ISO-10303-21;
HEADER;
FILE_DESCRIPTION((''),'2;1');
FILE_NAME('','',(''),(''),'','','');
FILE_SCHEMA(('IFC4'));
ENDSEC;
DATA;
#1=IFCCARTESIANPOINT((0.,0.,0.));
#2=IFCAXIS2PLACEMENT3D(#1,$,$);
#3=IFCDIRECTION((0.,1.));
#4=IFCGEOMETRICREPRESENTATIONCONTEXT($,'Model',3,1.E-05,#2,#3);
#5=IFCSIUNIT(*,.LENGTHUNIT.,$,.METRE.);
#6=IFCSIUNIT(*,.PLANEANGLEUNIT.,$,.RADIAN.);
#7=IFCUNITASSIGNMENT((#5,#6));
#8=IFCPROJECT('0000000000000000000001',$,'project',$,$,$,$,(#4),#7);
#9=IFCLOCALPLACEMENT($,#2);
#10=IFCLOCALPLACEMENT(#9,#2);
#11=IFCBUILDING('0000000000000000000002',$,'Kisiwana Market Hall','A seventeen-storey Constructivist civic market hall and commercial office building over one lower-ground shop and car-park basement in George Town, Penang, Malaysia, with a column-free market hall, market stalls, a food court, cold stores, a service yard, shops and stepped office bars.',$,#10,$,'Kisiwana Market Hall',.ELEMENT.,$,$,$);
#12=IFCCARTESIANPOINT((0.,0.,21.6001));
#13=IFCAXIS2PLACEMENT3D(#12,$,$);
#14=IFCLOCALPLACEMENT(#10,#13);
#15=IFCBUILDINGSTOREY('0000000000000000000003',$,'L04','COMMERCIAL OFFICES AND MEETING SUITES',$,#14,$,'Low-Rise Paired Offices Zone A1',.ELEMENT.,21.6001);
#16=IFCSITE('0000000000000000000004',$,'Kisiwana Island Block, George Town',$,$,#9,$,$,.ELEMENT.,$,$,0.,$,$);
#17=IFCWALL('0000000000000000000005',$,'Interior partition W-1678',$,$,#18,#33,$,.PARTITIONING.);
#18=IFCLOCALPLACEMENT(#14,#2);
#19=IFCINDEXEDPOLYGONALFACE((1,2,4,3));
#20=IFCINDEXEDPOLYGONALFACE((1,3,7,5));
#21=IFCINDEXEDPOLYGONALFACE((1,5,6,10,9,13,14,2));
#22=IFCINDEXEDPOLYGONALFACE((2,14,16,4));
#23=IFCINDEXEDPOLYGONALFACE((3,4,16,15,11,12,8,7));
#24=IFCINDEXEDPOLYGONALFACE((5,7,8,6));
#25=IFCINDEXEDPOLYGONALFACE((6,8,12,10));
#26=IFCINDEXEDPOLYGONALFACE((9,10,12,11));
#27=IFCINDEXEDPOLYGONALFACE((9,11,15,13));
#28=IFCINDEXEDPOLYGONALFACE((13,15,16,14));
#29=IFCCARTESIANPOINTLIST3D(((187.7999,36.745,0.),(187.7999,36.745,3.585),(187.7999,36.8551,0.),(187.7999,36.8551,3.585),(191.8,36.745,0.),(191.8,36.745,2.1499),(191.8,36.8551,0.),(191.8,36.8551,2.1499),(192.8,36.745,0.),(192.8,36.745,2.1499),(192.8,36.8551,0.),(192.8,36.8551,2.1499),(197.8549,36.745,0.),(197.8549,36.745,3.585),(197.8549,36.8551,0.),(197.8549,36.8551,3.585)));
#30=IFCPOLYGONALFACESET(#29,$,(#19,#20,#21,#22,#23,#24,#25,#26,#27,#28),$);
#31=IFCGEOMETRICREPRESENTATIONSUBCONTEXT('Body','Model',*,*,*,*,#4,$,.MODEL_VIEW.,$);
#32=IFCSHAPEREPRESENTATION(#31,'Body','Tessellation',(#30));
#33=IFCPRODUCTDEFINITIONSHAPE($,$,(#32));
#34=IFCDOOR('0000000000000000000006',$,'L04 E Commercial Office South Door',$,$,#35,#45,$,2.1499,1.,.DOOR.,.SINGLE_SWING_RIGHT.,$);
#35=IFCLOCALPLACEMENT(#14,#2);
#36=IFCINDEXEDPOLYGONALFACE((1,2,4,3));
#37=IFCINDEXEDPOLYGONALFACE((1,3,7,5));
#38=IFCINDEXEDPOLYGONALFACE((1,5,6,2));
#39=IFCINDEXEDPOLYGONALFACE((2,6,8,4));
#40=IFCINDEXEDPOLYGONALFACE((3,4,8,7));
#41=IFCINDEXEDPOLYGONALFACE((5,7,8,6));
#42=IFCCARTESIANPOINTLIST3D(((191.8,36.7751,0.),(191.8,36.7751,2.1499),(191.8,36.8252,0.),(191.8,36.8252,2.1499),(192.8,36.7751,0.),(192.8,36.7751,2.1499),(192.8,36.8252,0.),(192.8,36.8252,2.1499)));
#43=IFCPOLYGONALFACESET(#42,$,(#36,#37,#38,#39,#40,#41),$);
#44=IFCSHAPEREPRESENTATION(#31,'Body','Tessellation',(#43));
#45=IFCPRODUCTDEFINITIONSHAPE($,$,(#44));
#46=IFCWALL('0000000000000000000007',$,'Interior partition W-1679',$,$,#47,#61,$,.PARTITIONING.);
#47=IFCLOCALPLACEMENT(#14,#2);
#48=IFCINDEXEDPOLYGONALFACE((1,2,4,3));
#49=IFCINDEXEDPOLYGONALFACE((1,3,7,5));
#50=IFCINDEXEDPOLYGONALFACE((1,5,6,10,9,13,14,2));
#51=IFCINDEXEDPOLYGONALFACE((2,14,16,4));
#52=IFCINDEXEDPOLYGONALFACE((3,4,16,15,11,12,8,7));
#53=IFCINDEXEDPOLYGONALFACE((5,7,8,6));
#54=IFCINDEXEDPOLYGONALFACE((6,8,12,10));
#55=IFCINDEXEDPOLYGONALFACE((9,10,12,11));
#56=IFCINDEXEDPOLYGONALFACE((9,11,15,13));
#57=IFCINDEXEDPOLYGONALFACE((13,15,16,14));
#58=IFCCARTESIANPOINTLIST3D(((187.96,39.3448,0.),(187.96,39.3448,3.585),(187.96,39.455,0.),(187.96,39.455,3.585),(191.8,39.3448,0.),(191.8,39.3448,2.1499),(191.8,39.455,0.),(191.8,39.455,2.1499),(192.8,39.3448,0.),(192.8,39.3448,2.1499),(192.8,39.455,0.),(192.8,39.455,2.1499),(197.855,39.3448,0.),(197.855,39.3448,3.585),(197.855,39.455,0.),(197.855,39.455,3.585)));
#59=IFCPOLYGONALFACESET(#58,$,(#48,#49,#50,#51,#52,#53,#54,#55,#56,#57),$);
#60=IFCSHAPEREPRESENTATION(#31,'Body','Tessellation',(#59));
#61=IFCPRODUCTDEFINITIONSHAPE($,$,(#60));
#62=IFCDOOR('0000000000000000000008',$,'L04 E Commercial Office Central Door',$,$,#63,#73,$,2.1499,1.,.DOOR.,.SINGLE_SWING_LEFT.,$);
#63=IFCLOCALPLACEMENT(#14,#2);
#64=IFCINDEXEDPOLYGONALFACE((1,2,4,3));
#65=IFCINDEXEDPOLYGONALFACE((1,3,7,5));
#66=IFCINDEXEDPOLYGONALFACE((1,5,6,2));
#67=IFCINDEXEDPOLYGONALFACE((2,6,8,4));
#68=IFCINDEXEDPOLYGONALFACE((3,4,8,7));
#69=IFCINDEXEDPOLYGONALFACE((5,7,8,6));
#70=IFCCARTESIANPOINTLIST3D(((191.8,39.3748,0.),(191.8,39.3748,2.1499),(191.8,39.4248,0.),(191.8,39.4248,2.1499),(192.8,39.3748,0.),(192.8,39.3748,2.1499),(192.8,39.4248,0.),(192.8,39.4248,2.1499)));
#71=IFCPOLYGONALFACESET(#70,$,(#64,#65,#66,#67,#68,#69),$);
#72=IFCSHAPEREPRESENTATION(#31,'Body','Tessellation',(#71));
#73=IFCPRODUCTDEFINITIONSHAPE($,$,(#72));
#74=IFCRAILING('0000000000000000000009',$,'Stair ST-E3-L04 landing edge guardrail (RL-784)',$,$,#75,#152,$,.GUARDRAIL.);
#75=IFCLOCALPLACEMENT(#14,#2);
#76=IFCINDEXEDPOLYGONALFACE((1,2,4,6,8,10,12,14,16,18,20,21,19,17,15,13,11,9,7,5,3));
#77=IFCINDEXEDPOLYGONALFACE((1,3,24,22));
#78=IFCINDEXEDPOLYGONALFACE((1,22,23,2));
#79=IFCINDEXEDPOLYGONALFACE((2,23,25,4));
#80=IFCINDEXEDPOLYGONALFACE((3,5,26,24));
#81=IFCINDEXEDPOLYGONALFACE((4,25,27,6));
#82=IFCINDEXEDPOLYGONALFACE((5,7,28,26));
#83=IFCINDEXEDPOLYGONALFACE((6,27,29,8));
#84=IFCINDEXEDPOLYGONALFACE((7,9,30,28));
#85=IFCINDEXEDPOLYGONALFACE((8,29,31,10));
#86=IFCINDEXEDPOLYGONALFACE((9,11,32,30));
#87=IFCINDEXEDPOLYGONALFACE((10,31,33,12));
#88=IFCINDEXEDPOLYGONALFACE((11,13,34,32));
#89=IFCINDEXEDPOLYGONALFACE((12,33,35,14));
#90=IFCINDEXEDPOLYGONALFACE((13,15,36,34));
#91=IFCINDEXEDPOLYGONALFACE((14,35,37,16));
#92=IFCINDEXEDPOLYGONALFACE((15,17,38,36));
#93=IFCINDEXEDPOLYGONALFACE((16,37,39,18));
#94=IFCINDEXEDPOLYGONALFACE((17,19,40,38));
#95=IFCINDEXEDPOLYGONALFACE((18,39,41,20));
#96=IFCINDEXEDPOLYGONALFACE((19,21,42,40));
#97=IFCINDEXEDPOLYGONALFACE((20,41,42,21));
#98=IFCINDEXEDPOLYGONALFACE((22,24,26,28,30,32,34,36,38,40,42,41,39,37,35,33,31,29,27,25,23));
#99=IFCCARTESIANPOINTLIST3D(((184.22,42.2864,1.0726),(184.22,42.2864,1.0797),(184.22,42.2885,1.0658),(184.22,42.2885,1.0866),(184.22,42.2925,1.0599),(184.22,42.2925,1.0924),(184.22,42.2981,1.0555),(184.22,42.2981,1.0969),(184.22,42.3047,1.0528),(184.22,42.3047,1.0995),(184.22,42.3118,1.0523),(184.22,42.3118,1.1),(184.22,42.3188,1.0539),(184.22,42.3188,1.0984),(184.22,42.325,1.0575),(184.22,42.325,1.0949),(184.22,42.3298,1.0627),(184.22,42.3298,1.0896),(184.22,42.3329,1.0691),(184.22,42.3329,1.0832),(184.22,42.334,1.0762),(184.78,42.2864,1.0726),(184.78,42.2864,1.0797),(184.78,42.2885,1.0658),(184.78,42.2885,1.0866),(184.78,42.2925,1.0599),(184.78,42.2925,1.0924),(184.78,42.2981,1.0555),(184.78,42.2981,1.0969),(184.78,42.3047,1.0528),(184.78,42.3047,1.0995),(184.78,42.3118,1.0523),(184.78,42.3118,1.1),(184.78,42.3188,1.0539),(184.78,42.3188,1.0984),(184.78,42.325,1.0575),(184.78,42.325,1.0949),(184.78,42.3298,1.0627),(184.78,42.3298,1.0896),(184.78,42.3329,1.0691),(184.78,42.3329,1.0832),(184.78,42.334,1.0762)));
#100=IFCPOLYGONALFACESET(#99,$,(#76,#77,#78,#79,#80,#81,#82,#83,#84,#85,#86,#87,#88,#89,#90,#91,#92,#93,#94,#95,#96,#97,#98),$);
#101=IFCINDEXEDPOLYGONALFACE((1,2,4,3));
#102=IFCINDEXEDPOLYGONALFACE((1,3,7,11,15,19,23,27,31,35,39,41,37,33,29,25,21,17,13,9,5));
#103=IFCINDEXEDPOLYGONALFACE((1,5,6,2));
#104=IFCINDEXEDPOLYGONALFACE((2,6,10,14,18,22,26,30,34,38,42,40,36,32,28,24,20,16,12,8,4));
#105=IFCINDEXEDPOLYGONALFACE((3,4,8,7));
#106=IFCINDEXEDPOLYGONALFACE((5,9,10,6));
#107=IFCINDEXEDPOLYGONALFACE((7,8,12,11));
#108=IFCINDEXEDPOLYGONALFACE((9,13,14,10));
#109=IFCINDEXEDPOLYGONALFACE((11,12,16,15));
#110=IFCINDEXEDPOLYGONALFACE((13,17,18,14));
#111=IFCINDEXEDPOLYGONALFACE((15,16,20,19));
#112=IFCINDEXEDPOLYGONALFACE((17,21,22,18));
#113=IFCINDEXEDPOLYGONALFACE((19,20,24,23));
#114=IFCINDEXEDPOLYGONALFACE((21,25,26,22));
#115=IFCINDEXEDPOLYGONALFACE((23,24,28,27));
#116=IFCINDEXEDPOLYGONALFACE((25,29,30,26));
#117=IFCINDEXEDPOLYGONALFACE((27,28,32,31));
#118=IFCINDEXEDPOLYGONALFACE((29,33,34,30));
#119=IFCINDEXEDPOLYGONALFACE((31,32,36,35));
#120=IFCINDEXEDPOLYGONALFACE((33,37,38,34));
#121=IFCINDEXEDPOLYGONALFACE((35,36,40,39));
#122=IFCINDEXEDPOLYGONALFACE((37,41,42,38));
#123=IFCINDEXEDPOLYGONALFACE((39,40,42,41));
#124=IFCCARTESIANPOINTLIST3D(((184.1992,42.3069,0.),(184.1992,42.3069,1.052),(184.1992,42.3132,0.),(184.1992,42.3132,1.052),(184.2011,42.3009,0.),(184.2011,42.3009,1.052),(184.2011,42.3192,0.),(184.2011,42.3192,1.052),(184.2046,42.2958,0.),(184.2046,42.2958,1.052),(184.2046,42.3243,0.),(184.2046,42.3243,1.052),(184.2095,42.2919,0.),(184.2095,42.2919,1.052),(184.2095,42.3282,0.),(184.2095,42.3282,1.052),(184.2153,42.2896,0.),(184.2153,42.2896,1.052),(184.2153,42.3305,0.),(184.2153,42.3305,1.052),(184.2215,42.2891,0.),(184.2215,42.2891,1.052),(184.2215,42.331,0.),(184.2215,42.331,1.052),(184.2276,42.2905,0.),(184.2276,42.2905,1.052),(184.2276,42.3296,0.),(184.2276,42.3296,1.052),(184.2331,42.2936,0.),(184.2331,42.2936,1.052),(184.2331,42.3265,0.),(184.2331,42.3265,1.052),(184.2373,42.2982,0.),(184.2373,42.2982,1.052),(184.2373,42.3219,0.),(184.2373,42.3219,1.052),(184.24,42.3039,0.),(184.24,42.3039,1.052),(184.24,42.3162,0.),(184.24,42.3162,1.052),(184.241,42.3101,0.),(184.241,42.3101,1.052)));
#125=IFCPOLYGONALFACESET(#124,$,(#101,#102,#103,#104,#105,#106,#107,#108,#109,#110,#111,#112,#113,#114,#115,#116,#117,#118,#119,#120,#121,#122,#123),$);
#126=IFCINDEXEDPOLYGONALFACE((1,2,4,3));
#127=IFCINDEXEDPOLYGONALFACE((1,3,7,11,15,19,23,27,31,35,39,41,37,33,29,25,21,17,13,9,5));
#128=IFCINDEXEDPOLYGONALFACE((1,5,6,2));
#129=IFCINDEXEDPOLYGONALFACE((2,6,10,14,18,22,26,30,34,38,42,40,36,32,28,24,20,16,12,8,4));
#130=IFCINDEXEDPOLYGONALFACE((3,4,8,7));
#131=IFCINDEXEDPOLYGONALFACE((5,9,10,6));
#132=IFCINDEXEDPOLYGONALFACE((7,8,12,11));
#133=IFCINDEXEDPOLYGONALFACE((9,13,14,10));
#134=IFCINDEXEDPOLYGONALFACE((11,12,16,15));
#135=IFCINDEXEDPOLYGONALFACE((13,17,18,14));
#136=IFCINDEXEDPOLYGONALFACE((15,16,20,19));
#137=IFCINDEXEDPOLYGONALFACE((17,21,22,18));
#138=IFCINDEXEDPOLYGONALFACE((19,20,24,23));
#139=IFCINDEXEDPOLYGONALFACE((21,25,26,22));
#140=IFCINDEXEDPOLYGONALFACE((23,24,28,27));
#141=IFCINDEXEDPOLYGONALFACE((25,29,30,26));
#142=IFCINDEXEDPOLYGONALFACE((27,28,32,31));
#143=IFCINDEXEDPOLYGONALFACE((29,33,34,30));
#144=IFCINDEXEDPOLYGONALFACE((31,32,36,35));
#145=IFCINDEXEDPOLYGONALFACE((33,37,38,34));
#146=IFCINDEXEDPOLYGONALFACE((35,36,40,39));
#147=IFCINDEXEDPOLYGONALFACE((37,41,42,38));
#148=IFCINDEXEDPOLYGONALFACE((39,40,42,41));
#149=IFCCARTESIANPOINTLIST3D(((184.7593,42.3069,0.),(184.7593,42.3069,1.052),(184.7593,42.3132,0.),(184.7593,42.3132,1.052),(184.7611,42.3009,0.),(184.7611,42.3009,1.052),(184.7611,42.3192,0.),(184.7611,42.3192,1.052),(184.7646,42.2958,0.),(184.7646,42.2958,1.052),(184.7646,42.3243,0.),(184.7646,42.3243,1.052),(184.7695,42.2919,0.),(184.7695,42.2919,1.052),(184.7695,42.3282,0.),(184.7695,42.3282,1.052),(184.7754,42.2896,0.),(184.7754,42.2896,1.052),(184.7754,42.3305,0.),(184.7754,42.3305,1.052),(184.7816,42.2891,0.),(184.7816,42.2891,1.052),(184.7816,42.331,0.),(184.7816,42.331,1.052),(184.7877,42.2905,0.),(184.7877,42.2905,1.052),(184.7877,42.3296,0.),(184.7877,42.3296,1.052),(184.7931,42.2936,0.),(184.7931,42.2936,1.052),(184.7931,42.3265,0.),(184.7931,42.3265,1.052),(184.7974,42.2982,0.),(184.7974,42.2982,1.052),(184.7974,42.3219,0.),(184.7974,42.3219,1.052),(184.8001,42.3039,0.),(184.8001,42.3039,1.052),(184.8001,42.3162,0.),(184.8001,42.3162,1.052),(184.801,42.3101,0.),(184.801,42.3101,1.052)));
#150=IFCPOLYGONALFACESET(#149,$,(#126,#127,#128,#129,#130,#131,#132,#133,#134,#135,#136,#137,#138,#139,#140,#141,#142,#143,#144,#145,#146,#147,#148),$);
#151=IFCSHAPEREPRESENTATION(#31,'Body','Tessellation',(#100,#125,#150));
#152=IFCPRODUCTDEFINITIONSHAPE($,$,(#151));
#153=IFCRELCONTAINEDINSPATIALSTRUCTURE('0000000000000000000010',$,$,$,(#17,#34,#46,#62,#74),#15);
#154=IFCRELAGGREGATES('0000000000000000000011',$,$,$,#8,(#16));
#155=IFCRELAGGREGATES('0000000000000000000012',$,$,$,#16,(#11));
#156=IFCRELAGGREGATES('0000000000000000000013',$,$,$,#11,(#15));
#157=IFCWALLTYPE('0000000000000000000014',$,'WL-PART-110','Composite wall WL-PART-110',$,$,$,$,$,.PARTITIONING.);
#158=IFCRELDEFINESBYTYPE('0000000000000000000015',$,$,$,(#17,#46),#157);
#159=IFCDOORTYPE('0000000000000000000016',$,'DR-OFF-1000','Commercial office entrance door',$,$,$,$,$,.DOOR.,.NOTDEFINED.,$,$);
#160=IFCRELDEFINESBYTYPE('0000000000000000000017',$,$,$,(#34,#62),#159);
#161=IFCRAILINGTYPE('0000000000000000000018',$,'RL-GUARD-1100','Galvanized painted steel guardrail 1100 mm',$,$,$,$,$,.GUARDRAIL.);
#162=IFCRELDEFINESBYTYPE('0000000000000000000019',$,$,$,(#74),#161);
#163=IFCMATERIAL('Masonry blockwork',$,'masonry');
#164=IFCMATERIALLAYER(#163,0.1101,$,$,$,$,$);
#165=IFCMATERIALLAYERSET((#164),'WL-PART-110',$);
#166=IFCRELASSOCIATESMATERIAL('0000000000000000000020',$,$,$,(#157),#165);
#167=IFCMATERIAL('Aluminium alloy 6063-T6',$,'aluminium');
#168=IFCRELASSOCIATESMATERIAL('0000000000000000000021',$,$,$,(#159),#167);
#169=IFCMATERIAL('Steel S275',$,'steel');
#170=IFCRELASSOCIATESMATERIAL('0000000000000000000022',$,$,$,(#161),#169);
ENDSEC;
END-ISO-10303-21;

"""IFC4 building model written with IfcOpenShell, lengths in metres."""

from ifc_helpers import new_model, si_unit, direction, frame, frame_2d, origin, origin_2d, place, context, subcontext, project, spatial, rectangle, circle, extrude, material, layer, layer_set, type_object, element, fill, save


model = new_model("IFC4")

# Units and contexts
model_context = context("Model", 3, precision=1e-05, world=origin(), true_north=direction((0.0, 1.0)))
body_context = subcontext(model_context, "Body", "Model", "MODEL_VIEW")
ifc_project = project(units=[si_unit("LENGTHUNIT", "METRE"), si_unit("PLANEANGLEUNIT", "RADIAN")], contexts=[model_context])

# Site, building, storey
site_placement = place(None, origin())
site = spatial("IfcSite", under=ifc_project, at=site_placement, Name="Kisiwana Island Block, George Town", CompositionType="ELEMENT", RefElevation=0.0)
building_placement = place(site_placement, origin())
building = spatial("IfcBuilding", under=site, at=building_placement, Name="Kisiwana Market Hall", Description="A seventeen-storey Constructivist civic market hall and commercial office building over one lower-ground shop and car-park basement in George Town, Penang, Malaysia, with a column-free market hall, market stalls, a food court, cold stores, a service yard, shops and stepped office bars.", LongName="Kisiwana Market Hall", CompositionType="ELEMENT")
storey_placement = place(building_placement, frame((0.0, 0.0, 21.6001)))
storey = spatial("IfcBuildingStorey", under=building, at=storey_placement, Name="L04", Description="COMMERCIAL OFFICES AND MEETING SUITES", LongName="Low-Rise Paired Offices Zone A1", CompositionType="ELEMENT", Elevation=21.6001)

# Shared definitions
ifc_material_1 = material(Name="Masonry blockwork", Category="masonry")
ifc_layer_1 = layer(ifc_material_1, 0.1101)
ifc_layer_set_1 = layer_set([ifc_layer_1], Name="WL-PART-110")
wall_type_1 = type_object("IfcWallType", Name="WL-PART-110", Description="Composite wall WL-PART-110", PredefinedType="PARTITIONING", material=ifc_layer_set_1)

# Walls, openings, doors
wall_1_placement = place(storey_placement, frame((187.8, 36.8, 0.0), z_axis=(0.0, 0.0, 1.0), x_axis=(1.0, 0.0, 0.0)))
wall_1 = element("IfcWall", 1, at=wall_1_placement, inside=storey, type_object=wall_type_1, Name="Interior partition W-1678", PredefinedType="PARTITIONING", context=body_context, shape_type="SweptSolid", body=[
    extrude(rectangle(XDim=10.0549, YDim=0.1101, at=frame_2d((5.0273, 0.0))), origin(), (0.0, 0.0, 1.0), 3.585),
])
opening_1_placement = place(wall_1_placement, frame((4.0, 0.0, 0.0)))
opening_1 = element("IfcOpeningElement", 2, at=opening_1_placement, cuts=wall_1, PredefinedType="OPENING", context=body_context, shape_type="SweptSolid", body=[
    extrude(rectangle(XDim=1.0, YDim=2.1499, at=frame_2d((0.5, 1.075))), frame((0.0, 0.0669, 0.0), z_axis=(0.0, -1.0, 0.0), x_axis=(1.0, 0.0, 0.0)), (0.0, 0.0, 1.0), 0.134),
])
ifc_material_2 = material(Name="Aluminium alloy 6063-T6", Category="aluminium")
door_type_1 = type_object("IfcDoorType", Name="DR-OFF-1000", Description="Commercial office entrance door", OperationType="NOTDEFINED", PredefinedType="DOOR", material=ifc_material_2)
door_1_placement = place(opening_1_placement, frame((1.0, 0.0, 0.0), z_axis=(0.0, 0.0, 1.0), x_axis=(-1.0, 0.0, 0.0)))
door_1 = element("IfcDoor", 3, at=door_1_placement, inside=storey, type_object=door_type_1, Name="L04 E Commercial Office South Door", OperationType="SINGLE_SWING_RIGHT", OverallHeight=2.1499, OverallWidth=1.0, PredefinedType="DOOR", context=body_context, shape_type="SweptSolid", body=[
    extrude(rectangle(XDim=1.0, YDim=2.1499, at=frame_2d((0.5, 1.075))), frame((0.0, 0.0249, 0.0), z_axis=(0.0, -1.0, 0.0), x_axis=(1.0, 0.0, 0.0)), (0.0, 0.0, 1.0), 0.05),
])
fill(opening_1, door_1)
wall_2_placement = place(storey_placement, frame((187.96, 39.3999, 0.0), z_axis=(0.0, 0.0, 1.0), x_axis=(1.0, 0.0, 0.0)))
wall_2 = element("IfcWall", 4, at=wall_2_placement, inside=storey, type_object=wall_type_1, Name="Interior partition W-1679", PredefinedType="PARTITIONING", context=body_context, shape_type="SweptSolid", body=[
    extrude(rectangle(XDim=9.895, YDim=0.1101, at=frame_2d((4.9475, 0.0))), origin(), (0.0, 0.0, 1.0), 3.585),
])
opening_2_placement = place(wall_2_placement, frame((3.8401, 0.0, 0.0)))
opening_2 = element("IfcOpeningElement", 5, at=opening_2_placement, cuts=wall_2, PredefinedType="OPENING", context=body_context, shape_type="SweptSolid", body=[
    extrude(rectangle(XDim=1.0, YDim=2.1499, at=frame_2d((0.5, 1.075))), frame((0.0, 0.0669, 0.0), z_axis=(0.0, -1.0, 0.0), x_axis=(1.0, 0.0, 0.0)), (0.0, 0.0, 1.0), 0.134),
])
door_2_placement = place(opening_2_placement, origin())
door_2 = element("IfcDoor", 6, at=door_2_placement, inside=storey, type_object=door_type_1, Name="L04 E Commercial Office Central Door", OperationType="SINGLE_SWING_LEFT", OverallHeight=2.1499, OverallWidth=1.0, PredefinedType="DOOR", context=body_context, shape_type="SweptSolid", body=[
    extrude(rectangle(XDim=1.0, YDim=2.1499, at=frame_2d((0.5, 1.075))), frame((0.0, 0.0249, 0.0), z_axis=(0.0, -1.0, 0.0), x_axis=(1.0, 0.0, 0.0)), (0.0, 0.0, 1.0), 0.05),
])
fill(opening_2, door_2)

# Railing
ifc_material_3 = material(Name="Steel S275", Category="steel")
railing_type_1 = type_object("IfcRailingType", Name="RL-GUARD-1100", Description="Galvanized painted steel guardrail 1100 mm", PredefinedType="GUARDRAIL", material=ifc_material_3)
railing_1_placement = place(storey_placement, frame((184.22, 42.3101, 0.0)))
element("IfcRailing", 7, at=railing_1_placement, inside=storey, type_object=railing_type_1, Name="Stair ST-E3-L04 landing edge guardrail (RL-784)", PredefinedType="GUARDRAIL", context=body_context, shape_type="SweptSolid", body=[
    extrude(circle(Radius=0.0239, at=origin_2d()), frame((0.0, 0.0, 1.0762), z_axis=(1.0, 0.0, 0.0), x_axis=(0.0, 1.0, 0.0)), (0.0, 0.0, 1.0), 0.5601),
    extrude(circle(Radius=0.021, at=origin_2d()), origin(), (0.0, 0.0, 1.0), 1.052),
    extrude(circle(Radius=0.021, at=origin_2d()), frame((0.5601, 0.0, 0.0)), (0.0, 0.0, 1.0), 1.052),
])

save(model, "model.ifc")
